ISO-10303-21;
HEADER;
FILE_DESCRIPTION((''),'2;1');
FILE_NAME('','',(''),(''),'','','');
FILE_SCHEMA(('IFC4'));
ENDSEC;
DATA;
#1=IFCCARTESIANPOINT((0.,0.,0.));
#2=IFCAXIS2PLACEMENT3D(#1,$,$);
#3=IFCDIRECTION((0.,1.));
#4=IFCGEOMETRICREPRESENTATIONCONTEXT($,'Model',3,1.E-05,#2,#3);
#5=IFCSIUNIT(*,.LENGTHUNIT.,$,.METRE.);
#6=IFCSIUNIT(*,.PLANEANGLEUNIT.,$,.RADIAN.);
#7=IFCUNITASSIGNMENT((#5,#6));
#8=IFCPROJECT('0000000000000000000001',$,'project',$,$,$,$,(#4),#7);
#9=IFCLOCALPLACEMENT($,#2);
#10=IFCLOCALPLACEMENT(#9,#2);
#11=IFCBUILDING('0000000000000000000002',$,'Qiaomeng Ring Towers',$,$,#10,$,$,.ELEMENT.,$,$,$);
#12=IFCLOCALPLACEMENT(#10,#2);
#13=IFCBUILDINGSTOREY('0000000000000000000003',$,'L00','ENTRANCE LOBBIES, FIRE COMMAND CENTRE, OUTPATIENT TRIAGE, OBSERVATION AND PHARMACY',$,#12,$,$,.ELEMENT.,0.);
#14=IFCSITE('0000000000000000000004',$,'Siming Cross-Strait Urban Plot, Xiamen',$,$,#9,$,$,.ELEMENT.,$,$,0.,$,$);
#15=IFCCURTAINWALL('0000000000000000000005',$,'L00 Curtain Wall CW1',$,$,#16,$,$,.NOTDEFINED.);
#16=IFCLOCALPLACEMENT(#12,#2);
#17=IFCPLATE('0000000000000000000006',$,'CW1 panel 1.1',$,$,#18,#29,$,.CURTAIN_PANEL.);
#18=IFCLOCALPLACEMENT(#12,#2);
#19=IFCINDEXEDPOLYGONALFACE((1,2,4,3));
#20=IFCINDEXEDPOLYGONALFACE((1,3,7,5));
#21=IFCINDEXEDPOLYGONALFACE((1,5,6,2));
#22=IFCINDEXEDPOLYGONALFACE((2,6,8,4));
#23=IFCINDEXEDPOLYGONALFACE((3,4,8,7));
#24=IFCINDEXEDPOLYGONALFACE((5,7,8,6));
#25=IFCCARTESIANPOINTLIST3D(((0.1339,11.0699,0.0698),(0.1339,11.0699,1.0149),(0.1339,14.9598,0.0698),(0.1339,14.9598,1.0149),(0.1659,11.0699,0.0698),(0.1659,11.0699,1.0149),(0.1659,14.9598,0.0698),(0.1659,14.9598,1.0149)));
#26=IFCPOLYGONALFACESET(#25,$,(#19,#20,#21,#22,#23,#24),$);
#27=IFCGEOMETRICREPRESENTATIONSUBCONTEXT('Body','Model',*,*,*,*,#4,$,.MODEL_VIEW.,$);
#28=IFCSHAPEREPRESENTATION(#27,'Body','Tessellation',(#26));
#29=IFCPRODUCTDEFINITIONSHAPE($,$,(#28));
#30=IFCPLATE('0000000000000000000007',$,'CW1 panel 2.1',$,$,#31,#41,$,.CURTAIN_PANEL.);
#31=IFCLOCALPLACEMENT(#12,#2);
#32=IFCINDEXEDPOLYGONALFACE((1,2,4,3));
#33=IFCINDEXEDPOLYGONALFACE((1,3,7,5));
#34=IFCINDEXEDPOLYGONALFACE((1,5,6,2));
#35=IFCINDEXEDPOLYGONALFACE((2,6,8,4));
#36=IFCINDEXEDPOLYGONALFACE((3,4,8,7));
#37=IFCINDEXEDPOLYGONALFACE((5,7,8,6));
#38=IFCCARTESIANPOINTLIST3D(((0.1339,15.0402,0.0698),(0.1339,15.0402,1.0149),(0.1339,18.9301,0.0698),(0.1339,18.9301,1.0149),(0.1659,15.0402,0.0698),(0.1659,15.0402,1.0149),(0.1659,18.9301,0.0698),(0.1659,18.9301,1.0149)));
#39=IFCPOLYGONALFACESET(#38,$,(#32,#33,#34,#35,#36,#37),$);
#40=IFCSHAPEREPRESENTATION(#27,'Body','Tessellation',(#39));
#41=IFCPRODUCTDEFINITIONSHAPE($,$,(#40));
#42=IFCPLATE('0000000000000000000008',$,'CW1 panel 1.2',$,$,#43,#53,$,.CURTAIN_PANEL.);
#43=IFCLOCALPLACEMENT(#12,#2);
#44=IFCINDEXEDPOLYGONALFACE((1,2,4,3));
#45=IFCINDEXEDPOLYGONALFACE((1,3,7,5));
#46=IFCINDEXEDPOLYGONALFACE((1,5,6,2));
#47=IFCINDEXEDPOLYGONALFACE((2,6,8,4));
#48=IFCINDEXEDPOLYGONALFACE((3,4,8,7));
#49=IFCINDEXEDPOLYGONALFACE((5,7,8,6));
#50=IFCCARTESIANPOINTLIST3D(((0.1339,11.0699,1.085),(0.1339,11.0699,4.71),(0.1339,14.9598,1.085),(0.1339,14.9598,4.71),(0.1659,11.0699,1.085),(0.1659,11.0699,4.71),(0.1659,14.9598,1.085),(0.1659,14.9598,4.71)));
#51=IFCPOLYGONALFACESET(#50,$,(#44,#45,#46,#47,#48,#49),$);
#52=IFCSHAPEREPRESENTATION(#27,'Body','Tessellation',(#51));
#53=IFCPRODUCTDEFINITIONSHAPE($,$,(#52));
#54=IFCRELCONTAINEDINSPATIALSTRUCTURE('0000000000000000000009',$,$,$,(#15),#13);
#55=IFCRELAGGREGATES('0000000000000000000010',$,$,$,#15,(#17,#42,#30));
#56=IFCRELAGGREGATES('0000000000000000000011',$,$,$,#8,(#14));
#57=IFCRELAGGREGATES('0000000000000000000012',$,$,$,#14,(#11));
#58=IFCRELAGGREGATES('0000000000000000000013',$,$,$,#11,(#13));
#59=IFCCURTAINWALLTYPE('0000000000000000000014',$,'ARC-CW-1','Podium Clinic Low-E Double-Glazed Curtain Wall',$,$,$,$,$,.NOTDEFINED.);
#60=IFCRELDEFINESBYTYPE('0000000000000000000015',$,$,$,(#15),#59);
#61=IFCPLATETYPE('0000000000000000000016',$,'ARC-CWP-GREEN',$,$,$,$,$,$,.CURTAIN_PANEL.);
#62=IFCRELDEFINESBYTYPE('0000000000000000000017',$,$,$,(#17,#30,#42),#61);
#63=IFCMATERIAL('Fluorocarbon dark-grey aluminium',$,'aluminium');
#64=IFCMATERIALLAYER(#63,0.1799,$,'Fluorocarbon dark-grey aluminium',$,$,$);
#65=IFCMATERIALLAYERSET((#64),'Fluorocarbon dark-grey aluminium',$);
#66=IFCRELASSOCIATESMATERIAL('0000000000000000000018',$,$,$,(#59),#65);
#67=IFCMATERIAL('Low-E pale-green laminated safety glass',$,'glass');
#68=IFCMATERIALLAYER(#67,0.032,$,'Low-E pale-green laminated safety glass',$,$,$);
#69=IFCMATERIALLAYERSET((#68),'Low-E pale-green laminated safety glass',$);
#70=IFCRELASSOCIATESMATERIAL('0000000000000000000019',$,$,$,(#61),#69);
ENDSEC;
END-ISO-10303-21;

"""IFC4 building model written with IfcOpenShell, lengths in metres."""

from ifc_helpers import new_model, si_unit, direction, frame, origin, origin_2d, place, context, subcontext, project, spatial, rectangle, extrude, source, transform, mapped, material, layer, layer_set, type_object, element, aggregate, save


model = new_model("IFC4")

# Units and contexts
model_context = context("Model", 3, precision=1e-05, world=origin(), true_north=direction((0.0, 1.0)))
body_context = subcontext(model_context, "Body", "Model", "MODEL_VIEW")
ifc_project = project(units=[si_unit("LENGTHUNIT", "METRE"), si_unit("PLANEANGLEUNIT", "RADIAN")], contexts=[model_context])

# Site, building, storey
site_placement = place(None, origin())
site = spatial("IfcSite", under=ifc_project, at=site_placement, Name="Siming Cross-Strait Urban Plot, Xiamen", CompositionType="ELEMENT", RefElevation=0.0)
building_placement = place(site_placement, origin())
building = spatial("IfcBuilding", under=site, at=building_placement, Name="Qiaomeng Ring Towers", CompositionType="ELEMENT")
storey_placement = place(building_placement, origin())
storey = spatial("IfcBuildingStorey", under=building, at=storey_placement, Name="L00", Description="ENTRANCE LOBBIES, FIRE COMMAND CENTRE, OUTPATIENT TRIAGE, OBSERVATION AND PHARMACY", CompositionType="ELEMENT", Elevation=0.0)

# Curtain wall, plates
ifc_material_1 = material(Name="Fluorocarbon dark-grey aluminium", Category="aluminium")
ifc_layer_1 = layer(ifc_material_1, 0.1799, Name="Fluorocarbon dark-grey aluminium")
ifc_layer_set_1 = layer_set([ifc_layer_1], Name="Fluorocarbon dark-grey aluminium")
curtain_wall_type = type_object("IfcCurtainWallType", Name="ARC-CW-1", Description="Podium Clinic Low-E Double-Glazed Curtain Wall", PredefinedType="NOTDEFINED", material=ifc_layer_set_1)
curtain_wall_placement = place(storey_placement, origin())
curtain_wall = element("IfcCurtainWall", 1, at=curtain_wall_placement, inside=storey, type_object=curtain_wall_type, Name="L00 Curtain Wall CW1", PredefinedType="NOTDEFINED")
ifc_material_2 = material(Name="Low-E pale-green laminated safety glass", Category="glass")
ifc_layer_2 = layer(ifc_material_2, 0.032, Name="Low-E pale-green laminated safety glass")
ifc_layer_set_2 = layer_set([ifc_layer_2], Name="Low-E pale-green laminated safety glass")
plate_type = type_object("IfcPlateType", Name="ARC-CWP-GREEN", PredefinedType="CURTAIN_PANEL", material=ifc_layer_set_2)
shared_shape_1 = source(origin(), body_context, "Body", "SweptSolid", [
    extrude(rectangle(XDim=3.8899, YDim=0.032, at=origin_2d()), origin(), (0.0, 0.0, 1.0), 0.9451),
])
plate_1_placement = place(storey_placement, frame((0.1499, 13.0149, 0.0698), z_axis=(0.0, 0.0, 1.0), x_axis=(0.0, 1.0, 0.0)))
plate_1 = element("IfcPlate", 2, at=plate_1_placement, type_object=plate_type, Name="CW1 panel 1.1", PredefinedType="CURTAIN_PANEL", context=body_context, shape_type="MappedRepresentation", body=[
    mapped(shared_shape_1, transform((0.0, 0.0, 0.0), x_axis=(1.0, 0.0, 0.0), y_axis=(0.0, 1.0, 0.0), z_axis=(0.0, 0.0, 1.0), scale=1.0)),
])
plate_2_placement = place(storey_placement, frame((0.1499, 16.9851, 0.0698), z_axis=(0.0, 0.0, 1.0), x_axis=(0.0, 1.0, 0.0)))
plate_2 = element("IfcPlate", 3, at=plate_2_placement, type_object=plate_type, Name="CW1 panel 2.1", PredefinedType="CURTAIN_PANEL", context=body_context, shape_type="MappedRepresentation", body=[
    mapped(shared_shape_1, transform((0.0, 0.0, 0.0), x_axis=(1.0, 0.0, 0.0), y_axis=(0.0, 1.0, 0.0), z_axis=(0.0, 0.0, 1.0), scale=1.0)),
])
shared_shape_2 = source(origin(), body_context, "Body", "SweptSolid", [
    extrude(rectangle(XDim=3.8899, YDim=0.032, at=origin_2d()), origin(), (0.0, 0.0, 1.0), 3.625),
])
plate_3_placement = place(storey_placement, frame((0.1499, 13.0149, 1.085), z_axis=(0.0, 0.0, 1.0), x_axis=(0.0, 1.0, 0.0)))
plate_3 = element("IfcPlate", 4, at=plate_3_placement, type_object=plate_type, Name="CW1 panel 1.2", PredefinedType="CURTAIN_PANEL", context=body_context, shape_type="MappedRepresentation", body=[
    mapped(shared_shape_2, transform((0.0, 0.0, 0.0), x_axis=(1.0, 0.0, 0.0), y_axis=(0.0, 1.0, 0.0), z_axis=(0.0, 0.0, 1.0), scale=1.0)),
])
aggregate(curtain_wall, [plate_1, plate_3, plate_2])

save(model, "model.ifc")
